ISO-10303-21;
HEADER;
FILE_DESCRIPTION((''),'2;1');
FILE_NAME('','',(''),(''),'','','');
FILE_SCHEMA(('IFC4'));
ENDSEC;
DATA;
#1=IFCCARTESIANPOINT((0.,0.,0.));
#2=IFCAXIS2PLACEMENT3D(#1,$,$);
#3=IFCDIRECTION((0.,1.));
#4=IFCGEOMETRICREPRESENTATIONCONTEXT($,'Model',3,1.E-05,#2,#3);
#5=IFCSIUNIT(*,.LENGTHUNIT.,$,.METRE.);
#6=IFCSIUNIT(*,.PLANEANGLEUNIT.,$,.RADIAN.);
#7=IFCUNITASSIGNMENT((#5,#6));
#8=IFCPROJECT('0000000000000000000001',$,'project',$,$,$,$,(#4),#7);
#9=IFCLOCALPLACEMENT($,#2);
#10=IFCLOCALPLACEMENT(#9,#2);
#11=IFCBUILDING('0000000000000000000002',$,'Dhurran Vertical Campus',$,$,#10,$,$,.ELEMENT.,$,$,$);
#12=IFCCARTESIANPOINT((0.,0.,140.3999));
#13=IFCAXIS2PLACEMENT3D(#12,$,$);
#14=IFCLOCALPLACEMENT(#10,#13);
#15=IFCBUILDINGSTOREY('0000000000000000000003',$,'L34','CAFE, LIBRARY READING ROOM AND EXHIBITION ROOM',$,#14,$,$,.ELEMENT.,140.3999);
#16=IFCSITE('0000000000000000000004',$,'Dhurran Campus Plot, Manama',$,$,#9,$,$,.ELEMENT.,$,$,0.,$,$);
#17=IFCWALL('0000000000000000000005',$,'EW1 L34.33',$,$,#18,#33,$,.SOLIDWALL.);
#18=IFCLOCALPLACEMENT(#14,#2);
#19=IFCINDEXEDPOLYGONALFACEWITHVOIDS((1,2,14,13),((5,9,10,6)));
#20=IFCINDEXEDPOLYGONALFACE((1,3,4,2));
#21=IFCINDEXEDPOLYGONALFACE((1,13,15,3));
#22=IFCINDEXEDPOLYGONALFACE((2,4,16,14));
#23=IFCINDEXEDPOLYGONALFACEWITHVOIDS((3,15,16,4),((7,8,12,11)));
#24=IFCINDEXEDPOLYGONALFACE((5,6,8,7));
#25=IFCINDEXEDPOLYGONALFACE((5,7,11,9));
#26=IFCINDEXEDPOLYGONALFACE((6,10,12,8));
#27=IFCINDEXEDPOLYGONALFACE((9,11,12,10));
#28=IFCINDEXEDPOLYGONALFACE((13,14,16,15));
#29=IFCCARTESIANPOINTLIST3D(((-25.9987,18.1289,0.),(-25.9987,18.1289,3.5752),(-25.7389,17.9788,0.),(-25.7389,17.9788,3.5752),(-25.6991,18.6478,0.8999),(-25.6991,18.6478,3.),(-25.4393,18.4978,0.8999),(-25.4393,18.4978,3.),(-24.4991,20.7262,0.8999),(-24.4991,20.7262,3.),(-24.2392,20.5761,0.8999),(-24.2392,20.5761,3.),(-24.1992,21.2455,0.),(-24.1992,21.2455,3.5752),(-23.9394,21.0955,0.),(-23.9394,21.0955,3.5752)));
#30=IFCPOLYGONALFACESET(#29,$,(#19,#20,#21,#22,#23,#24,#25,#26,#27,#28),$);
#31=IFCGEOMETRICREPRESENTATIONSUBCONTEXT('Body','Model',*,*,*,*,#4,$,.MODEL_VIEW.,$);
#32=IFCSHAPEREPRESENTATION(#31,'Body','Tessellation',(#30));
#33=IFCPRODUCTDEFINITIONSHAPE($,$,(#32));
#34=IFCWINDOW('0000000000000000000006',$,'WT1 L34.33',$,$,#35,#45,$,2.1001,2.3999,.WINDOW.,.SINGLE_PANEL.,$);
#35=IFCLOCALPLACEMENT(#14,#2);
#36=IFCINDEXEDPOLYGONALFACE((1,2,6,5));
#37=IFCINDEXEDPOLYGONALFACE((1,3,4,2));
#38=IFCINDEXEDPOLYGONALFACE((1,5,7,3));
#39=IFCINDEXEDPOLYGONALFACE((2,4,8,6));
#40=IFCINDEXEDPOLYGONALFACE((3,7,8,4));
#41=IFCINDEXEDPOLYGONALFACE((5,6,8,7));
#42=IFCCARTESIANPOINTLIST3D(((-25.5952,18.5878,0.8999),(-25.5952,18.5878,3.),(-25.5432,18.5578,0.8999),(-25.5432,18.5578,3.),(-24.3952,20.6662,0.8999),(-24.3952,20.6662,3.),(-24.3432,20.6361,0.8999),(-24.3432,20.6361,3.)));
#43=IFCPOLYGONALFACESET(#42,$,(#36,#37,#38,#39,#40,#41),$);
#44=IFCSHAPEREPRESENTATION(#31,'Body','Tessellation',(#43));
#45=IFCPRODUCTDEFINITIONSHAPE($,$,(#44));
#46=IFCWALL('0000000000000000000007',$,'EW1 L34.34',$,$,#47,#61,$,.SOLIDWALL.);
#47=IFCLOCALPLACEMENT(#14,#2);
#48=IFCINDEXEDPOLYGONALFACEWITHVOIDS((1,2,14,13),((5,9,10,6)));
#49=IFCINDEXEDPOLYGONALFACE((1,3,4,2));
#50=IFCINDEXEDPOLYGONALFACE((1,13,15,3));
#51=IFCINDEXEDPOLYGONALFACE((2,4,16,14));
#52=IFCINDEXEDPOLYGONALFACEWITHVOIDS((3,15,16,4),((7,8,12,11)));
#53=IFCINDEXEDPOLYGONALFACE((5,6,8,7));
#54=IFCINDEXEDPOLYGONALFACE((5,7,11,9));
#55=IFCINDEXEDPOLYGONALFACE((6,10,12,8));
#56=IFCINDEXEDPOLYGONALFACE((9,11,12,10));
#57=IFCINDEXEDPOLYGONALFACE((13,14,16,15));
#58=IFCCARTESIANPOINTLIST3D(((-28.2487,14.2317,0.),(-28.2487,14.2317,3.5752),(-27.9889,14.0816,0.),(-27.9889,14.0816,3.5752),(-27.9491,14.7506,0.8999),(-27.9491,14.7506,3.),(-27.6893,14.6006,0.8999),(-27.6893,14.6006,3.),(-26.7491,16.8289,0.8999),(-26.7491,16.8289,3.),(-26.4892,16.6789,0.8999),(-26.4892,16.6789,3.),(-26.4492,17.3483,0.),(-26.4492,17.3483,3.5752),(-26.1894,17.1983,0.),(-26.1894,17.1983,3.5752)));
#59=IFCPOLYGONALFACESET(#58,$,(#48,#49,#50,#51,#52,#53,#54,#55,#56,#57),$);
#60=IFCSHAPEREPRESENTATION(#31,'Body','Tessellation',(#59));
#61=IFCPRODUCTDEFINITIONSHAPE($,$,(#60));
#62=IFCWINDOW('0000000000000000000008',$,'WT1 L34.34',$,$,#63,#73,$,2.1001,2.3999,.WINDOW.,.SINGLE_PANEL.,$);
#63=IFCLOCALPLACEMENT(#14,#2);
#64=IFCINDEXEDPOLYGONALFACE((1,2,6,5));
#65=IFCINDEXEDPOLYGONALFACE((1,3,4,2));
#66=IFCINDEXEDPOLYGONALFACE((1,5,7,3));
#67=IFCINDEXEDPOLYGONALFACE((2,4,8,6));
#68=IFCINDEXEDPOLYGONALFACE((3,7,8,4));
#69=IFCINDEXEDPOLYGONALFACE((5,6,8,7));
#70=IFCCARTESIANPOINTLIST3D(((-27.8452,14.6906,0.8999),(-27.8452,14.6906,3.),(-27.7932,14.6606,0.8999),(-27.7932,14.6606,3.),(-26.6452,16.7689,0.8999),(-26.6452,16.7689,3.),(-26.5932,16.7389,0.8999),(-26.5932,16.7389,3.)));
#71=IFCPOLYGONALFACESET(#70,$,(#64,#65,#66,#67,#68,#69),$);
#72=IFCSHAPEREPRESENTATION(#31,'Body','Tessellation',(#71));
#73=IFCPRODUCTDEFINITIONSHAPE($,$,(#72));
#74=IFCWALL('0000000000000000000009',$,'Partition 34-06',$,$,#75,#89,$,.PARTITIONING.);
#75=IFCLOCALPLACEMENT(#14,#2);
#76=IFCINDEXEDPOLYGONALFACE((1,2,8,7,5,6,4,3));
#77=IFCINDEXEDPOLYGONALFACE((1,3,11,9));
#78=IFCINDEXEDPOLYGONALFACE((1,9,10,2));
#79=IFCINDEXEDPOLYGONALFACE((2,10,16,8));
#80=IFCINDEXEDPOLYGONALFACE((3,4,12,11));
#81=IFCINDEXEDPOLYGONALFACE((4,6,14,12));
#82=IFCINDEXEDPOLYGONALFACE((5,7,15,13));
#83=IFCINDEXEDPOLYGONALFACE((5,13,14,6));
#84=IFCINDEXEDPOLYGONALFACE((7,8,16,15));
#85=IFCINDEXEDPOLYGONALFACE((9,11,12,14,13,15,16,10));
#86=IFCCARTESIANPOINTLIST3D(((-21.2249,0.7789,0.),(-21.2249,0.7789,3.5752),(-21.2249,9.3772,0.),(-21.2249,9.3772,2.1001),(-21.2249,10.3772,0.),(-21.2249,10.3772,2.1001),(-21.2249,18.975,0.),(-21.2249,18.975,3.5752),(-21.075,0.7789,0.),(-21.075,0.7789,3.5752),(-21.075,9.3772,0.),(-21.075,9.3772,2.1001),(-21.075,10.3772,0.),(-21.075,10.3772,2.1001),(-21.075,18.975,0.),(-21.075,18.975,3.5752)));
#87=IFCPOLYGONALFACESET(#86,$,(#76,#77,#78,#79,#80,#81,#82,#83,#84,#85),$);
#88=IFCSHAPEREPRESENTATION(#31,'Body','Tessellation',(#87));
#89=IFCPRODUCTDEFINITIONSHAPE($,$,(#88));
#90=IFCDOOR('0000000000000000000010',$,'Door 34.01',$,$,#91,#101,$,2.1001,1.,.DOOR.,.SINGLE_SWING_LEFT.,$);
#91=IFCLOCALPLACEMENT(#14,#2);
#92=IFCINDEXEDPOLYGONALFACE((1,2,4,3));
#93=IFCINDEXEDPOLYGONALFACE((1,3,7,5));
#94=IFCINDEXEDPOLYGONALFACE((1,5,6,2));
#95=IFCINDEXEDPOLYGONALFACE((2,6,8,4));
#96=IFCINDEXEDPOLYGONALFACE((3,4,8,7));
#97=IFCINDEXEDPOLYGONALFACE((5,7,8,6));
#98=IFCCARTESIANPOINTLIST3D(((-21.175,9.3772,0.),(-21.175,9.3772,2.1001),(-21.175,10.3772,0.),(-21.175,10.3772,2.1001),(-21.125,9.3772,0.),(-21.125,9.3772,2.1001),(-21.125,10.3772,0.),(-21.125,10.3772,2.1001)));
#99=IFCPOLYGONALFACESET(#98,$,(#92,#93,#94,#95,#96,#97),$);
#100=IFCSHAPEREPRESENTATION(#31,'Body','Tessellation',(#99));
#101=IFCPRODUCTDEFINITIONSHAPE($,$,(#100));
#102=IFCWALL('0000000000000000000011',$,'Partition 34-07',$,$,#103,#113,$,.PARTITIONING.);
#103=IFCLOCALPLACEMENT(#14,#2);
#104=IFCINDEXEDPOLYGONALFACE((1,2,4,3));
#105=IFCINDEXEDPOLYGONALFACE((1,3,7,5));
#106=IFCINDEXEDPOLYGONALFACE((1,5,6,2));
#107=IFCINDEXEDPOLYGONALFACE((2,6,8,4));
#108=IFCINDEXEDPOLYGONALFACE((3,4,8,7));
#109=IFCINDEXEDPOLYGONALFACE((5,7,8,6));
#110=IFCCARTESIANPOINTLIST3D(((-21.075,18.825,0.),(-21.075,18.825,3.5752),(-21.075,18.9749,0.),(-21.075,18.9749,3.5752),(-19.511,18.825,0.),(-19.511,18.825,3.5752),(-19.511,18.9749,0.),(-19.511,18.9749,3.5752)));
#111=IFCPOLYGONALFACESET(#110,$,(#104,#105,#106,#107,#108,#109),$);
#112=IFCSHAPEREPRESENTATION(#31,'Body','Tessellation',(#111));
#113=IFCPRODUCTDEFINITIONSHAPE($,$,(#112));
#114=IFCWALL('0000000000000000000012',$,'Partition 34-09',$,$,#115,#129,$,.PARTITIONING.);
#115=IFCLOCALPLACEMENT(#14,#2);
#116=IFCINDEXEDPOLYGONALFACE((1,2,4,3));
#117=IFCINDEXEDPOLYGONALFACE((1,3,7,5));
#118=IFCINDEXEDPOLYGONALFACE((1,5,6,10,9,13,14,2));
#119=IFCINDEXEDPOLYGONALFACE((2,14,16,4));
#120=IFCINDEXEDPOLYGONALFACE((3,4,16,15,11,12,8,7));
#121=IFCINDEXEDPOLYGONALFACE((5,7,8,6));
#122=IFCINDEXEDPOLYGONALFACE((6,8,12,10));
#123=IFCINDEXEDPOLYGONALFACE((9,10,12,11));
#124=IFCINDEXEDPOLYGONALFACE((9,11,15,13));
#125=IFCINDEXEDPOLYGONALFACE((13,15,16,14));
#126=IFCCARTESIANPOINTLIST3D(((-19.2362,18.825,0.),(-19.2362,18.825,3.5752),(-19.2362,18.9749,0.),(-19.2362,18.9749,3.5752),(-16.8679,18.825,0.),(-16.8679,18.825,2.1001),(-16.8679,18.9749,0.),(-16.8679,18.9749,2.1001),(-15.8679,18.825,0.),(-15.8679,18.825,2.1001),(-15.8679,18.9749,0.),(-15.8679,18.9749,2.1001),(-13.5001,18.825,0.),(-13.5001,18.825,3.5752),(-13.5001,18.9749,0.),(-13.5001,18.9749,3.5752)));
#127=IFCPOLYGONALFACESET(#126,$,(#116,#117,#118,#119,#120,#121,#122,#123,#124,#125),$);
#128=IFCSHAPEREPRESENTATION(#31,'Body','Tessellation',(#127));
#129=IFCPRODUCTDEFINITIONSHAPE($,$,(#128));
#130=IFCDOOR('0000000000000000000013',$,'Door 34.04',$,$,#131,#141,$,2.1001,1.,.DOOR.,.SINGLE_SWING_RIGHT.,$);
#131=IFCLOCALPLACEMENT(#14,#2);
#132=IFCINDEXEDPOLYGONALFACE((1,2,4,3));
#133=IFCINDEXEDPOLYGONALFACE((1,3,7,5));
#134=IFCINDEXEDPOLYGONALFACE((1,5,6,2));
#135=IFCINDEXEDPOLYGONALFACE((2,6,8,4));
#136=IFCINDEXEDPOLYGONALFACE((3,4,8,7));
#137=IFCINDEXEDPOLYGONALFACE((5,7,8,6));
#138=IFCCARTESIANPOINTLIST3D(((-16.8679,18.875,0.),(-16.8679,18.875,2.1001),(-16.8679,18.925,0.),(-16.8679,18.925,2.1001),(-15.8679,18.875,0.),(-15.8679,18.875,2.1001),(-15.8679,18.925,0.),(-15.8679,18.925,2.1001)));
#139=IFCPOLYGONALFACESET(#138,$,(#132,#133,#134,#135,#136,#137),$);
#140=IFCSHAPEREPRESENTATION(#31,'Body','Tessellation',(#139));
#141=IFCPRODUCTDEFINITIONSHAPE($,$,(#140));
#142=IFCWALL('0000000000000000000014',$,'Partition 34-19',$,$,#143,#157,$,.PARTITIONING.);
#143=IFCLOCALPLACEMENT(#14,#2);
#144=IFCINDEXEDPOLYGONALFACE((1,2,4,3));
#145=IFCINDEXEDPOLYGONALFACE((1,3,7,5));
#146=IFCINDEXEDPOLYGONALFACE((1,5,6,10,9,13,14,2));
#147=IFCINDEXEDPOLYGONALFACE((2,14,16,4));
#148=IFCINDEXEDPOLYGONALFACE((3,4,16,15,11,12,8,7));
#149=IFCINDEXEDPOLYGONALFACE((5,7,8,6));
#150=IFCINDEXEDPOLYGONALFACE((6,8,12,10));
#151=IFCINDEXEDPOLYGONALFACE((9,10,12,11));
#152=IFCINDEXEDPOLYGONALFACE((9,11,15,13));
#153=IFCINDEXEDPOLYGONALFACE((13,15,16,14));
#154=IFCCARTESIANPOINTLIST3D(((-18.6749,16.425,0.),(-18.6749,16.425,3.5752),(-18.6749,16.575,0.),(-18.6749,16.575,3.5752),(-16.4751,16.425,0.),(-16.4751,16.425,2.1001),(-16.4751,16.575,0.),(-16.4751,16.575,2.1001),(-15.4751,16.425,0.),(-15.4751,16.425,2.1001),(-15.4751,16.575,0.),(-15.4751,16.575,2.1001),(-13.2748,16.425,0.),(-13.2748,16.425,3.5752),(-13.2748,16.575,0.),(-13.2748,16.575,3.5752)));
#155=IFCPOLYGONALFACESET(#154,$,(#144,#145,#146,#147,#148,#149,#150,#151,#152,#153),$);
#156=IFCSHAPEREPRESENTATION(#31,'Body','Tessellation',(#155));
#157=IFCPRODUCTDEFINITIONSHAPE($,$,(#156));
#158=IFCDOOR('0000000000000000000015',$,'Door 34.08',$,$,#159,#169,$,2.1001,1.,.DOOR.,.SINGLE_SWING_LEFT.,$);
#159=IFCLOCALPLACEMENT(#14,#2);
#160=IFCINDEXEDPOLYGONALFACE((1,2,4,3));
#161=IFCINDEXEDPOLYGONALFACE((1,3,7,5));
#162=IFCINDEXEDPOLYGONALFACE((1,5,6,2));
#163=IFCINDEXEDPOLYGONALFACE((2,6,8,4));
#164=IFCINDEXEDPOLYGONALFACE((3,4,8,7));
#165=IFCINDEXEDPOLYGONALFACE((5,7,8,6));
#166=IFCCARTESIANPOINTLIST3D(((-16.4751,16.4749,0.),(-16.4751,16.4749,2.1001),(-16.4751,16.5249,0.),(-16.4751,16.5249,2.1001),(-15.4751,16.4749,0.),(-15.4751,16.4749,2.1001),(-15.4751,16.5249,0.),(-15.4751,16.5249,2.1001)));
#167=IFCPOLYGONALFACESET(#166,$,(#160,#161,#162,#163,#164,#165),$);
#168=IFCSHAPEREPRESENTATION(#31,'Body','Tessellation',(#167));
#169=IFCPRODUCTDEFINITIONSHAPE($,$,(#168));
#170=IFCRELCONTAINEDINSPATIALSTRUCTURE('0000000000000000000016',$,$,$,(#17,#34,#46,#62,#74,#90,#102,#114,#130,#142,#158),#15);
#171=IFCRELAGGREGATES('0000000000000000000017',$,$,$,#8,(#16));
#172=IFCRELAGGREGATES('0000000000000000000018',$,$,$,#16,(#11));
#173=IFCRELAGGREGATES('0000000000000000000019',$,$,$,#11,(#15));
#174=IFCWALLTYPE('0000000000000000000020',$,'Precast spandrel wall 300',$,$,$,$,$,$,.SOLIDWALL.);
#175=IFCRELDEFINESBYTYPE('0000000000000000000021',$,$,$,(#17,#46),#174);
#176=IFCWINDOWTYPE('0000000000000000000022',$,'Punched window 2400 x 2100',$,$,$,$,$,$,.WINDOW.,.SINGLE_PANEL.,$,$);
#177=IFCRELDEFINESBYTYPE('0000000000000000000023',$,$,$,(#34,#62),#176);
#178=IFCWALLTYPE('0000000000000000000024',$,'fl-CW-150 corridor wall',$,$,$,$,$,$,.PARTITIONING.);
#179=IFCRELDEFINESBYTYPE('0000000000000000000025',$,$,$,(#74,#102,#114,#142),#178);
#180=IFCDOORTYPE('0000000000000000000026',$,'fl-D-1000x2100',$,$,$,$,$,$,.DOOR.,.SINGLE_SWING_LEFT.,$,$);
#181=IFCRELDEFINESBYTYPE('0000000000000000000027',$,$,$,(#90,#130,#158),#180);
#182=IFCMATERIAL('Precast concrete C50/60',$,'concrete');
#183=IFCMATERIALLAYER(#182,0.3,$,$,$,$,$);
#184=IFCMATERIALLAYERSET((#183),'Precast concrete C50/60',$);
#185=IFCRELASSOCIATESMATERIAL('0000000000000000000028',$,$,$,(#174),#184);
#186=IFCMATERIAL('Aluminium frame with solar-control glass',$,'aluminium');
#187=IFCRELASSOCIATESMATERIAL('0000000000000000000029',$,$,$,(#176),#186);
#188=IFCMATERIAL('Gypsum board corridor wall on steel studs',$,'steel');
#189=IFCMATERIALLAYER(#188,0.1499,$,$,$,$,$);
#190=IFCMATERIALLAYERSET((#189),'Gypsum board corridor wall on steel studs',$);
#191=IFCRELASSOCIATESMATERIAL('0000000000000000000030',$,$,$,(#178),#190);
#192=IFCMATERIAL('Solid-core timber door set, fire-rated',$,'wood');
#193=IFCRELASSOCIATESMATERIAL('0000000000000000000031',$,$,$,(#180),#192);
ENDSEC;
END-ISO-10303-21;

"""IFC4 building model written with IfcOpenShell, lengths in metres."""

from ifc_helpers import new_model, si_unit, direction, frame, frame_2d, origin, place, context, subcontext, project, spatial, rectangle, extrude, material, layer, layer_set, type_object, element, fill, save


model = new_model("IFC4")

# Units and contexts
model_context = context("Model", 3, precision=1e-05, world=origin(), true_north=direction((0.0, 1.0)))
body_context = subcontext(model_context, "Body", "Model", "MODEL_VIEW")
ifc_project = project(units=[si_unit("LENGTHUNIT", "METRE"), si_unit("PLANEANGLEUNIT", "RADIAN")], contexts=[model_context])

# Site, building, storey
site_placement = place(None, origin())
site = spatial("IfcSite", under=ifc_project, at=site_placement, Name="Dhurran Campus Plot, Manama", CompositionType="ELEMENT", RefElevation=0.0)
building_placement = place(site_placement, origin())
building = spatial("IfcBuilding", under=site, at=building_placement, Name="Dhurran Vertical Campus", CompositionType="ELEMENT")
storey_placement = place(building_placement, frame((0.0, 0.0, 140.3999)))
storey = spatial("IfcBuildingStorey", under=building, at=storey_placement, Name="L34", Description="CAFE, LIBRARY READING ROOM AND EXHIBITION ROOM", CompositionType="ELEMENT", Elevation=140.3999)

# Walls, openings, windows
ifc_material_1 = material(Name="Precast concrete C50/60", Category="concrete")
ifc_layer_1 = layer(ifc_material_1, 0.3)
ifc_layer_set_1 = layer_set([ifc_layer_1], Name="Precast concrete C50/60")
wall_type_1 = type_object("IfcWallType", Name="Precast spandrel wall 300", PredefinedType="SOLIDWALL", material=ifc_layer_set_1)
ifc_material_2 = material(Name="Aluminium frame with solar-control glass", Category="aluminium")
window_type = type_object("IfcWindowType", Name="Punched window 2400 x 2100", PartitioningType="SINGLE_PANEL", PredefinedType="WINDOW", material=ifc_material_2)
wall_1_placement = place(storey_placement, frame((-24.0693, 21.1704, 0.0), z_axis=(0.0, 0.0, 1.0), x_axis=(-0.500028, -0.866009, 0.0)))
wall_1 = element("IfcWall", 1, at=wall_1_placement, inside=storey, type_object=wall_type_1, Name="EW1 L34.33", PredefinedType="SOLIDWALL", context=body_context, shape_type="SweptSolid", body=[
    extrude(rectangle(XDim=3.5989, YDim=0.3, at=frame_2d((1.7993, 0.0))), origin(), (0.0, 0.0, 1.0), 3.5752),
])
opening_1_placement = place(wall_1_placement, frame((0.5996, 0.0, 0.8999)))
opening_1 = element("IfcOpeningElement", 2, at=opening_1_placement, cuts=wall_1, PredefinedType="OPENING", context=body_context, shape_type="SweptSolid", body=[
    extrude(rectangle(XDim=2.3999, YDim=2.1001, at=frame_2d((1.2, 1.05))), frame((0.0, 0.1599, 0.0), z_axis=(0.0, -1.0, 0.0), x_axis=(1.0, 0.0, 0.0)), (0.0, 0.0, 1.0), 0.3201),
])
window_1_placement = place(opening_1_placement, origin())
window_1 = element("IfcWindow", 3, at=window_1_placement, inside=storey, type_object=window_type, Name="WT1 L34.33", OverallHeight=2.1001, OverallWidth=2.3999, PartitioningType="SINGLE_PANEL", PredefinedType="WINDOW", context=body_context, shape_type="SweptSolid", body=[
    extrude(rectangle(XDim=2.3999, YDim=2.1001, at=frame_2d((1.2, 1.05))), frame((0.0, 0.03, 0.0), z_axis=(0.0, -1.0, 0.0), x_axis=(1.0, 0.0, 0.0)), (0.0, 0.0, 1.0), 0.0601),
])
fill(opening_1, window_1)
wall_2_placement = place(storey_placement, frame((-26.3193, 17.2732, 0.0), z_axis=(0.0, 0.0, 1.0), x_axis=(-0.500028, -0.866009, 0.0)))
wall_2 = element("IfcWall", 4, at=wall_2_placement, inside=storey, type_object=wall_type_1, Name="EW1 L34.34", PredefinedType="SOLIDWALL", context=body_context, shape_type="SweptSolid", body=[
    extrude(rectangle(XDim=3.5989, YDim=0.3, at=frame_2d((1.7993, 0.0))), origin(), (0.0, 0.0, 1.0), 3.5752),
])
opening_2_placement = place(wall_2_placement, frame((0.5996, 0.0, 0.8999)))
opening_2 = element("IfcOpeningElement", 5, at=opening_2_placement, cuts=wall_2, PredefinedType="OPENING", context=body_context, shape_type="SweptSolid", body=[
    extrude(rectangle(XDim=2.3999, YDim=2.1001, at=frame_2d((1.2, 1.05))), frame((0.0, 0.1599, 0.0), z_axis=(0.0, -1.0, 0.0), x_axis=(1.0, 0.0, 0.0)), (0.0, 0.0, 1.0), 0.3201),
])
window_2_placement = place(opening_2_placement, origin())
window_2 = element("IfcWindow", 6, at=window_2_placement, inside=storey, type_object=window_type, Name="WT1 L34.34", OverallHeight=2.1001, OverallWidth=2.3999, PartitioningType="SINGLE_PANEL", PredefinedType="WINDOW", context=body_context, shape_type="SweptSolid", body=[
    extrude(rectangle(XDim=2.3999, YDim=2.1001, at=frame_2d((1.2, 1.05))), frame((0.0, 0.03, 0.0), z_axis=(0.0, -1.0, 0.0), x_axis=(1.0, 0.0, 0.0)), (0.0, 0.0, 1.0), 0.0601),
])
fill(opening_2, window_2)

# Wall, opening, door
ifc_material_3 = material(Name="Gypsum board corridor wall on steel studs", Category="steel")
ifc_layer_2 = layer(ifc_material_3, 0.1499)
ifc_layer_set_2 = layer_set([ifc_layer_2], Name="Gypsum board corridor wall on steel studs")
wall_type_2 = type_object("IfcWallType", Name="fl-CW-150 corridor wall", PredefinedType="PARTITIONING", material=ifc_layer_set_2)
wall_3_placement = place(storey_placement, frame((-21.1499, 18.9751, 0.0), z_axis=(0.0, 0.0, 1.0), x_axis=(0.0, -1.0, 0.0)))
wall_3 = element("IfcWall", 7, at=wall_3_placement, inside=storey, type_object=wall_type_2, Name="Partition 34-06", PredefinedType="PARTITIONING", context=body_context, shape_type="SweptSolid", body=[
    extrude(rectangle(XDim=18.196, YDim=0.1499, at=frame_2d((9.0981, 0.0))), origin(), (0.0, 0.0, 1.0), 3.5752),
])
opening_3_placement = place(wall_3_placement, frame((8.5979, 0.0, 0.0)))
opening_3 = element("IfcOpeningElement", 8, at=opening_3_placement, cuts=wall_3, PredefinedType="OPENING", context=body_context, shape_type="SweptSolid", body=[
    extrude(rectangle(XDim=1.0, YDim=2.1001, at=frame_2d((0.5, 1.05))), frame((0.0, 0.085, 0.0), z_axis=(0.0, -1.0, 0.0), x_axis=(1.0, 0.0, 0.0)), (0.0, 0.0, 1.0), 0.1699),
])
ifc_material_4 = material(Name="Solid-core timber door set, fire-rated", Category="wood")
door_type = type_object("IfcDoorType", Name="fl-D-1000x2100", OperationType="SINGLE_SWING_LEFT", PredefinedType="DOOR", material=ifc_material_4)
door_1_placement = place(opening_3_placement, origin())
door_1 = element("IfcDoor", 9, at=door_1_placement, inside=storey, type_object=door_type, Name="Door 34.01", OperationType="SINGLE_SWING_LEFT", OverallHeight=2.1001, OverallWidth=1.0, PredefinedType="DOOR", context=body_context, shape_type="SweptSolid", body=[
    extrude(rectangle(XDim=1.0, YDim=2.1001, at=frame_2d((0.5, 1.05))), frame((0.0, 0.0249, 0.0), z_axis=(0.0, -1.0, 0.0), x_axis=(1.0, 0.0, 0.0)), (0.0, 0.0, 1.0), 0.05),
])
fill(opening_3, door_1)

# Wall
wall_4_placement = place(storey_placement, frame((-19.511, 18.8999, 0.0), z_axis=(0.0, 0.0, 1.0), x_axis=(-1.0, 0.0, 0.0)))
element("IfcWall", 10, at=wall_4_placement, inside=storey, type_object=wall_type_2, Name="Partition 34-07", PredefinedType="PARTITIONING", context=body_context, shape_type="SweptSolid", body=[
    extrude(rectangle(XDim=1.564, YDim=0.1499, at=frame_2d((0.782, 0.0))), origin(), (0.0, 0.0, 1.0), 3.5752),
])

# Walls, openings, doors
wall_5_placement = place(storey_placement, frame((-13.5, 18.8999, 0.0), z_axis=(0.0, 0.0, 1.0), x_axis=(-1.0, 0.0, 0.0)))
wall_5 = element("IfcWall", 11, at=wall_5_placement, inside=storey, type_object=wall_type_2, Name="Partition 34-09", PredefinedType="PARTITIONING", context=body_context, shape_type="SweptSolid", body=[
    extrude(rectangle(XDim=5.7361, YDim=0.1499, at=frame_2d((2.8682, 0.0))), origin(), (0.0, 0.0, 1.0), 3.5752),
])
opening_4_placement = place(wall_5_placement, frame((2.3679, 0.0, 0.0)))
opening_4 = element("IfcOpeningElement", 12, at=opening_4_placement, cuts=wall_5, PredefinedType="OPENING", context=body_context, shape_type="SweptSolid", body=[
    extrude(rectangle(XDim=1.0, YDim=2.1001, at=frame_2d((0.5, 1.05))), frame((0.0, 0.085, 0.0), z_axis=(0.0, -1.0, 0.0), x_axis=(1.0, 0.0, 0.0)), (0.0, 0.0, 1.0), 0.1699),
])
door_2_placement = place(opening_4_placement, origin())
door_2 = element("IfcDoor", 13, at=door_2_placement, inside=storey, type_object=door_type, Name="Door 34.04", OperationType="SINGLE_SWING_RIGHT", OverallHeight=2.1001, OverallWidth=1.0, PredefinedType="DOOR", context=body_context, shape_type="SweptSolid", body=[
    extrude(rectangle(XDim=1.0, YDim=2.1001, at=frame_2d((0.5, 1.05))), frame((0.0, 0.0249, 0.0), z_axis=(0.0, -1.0, 0.0), x_axis=(1.0, 0.0, 0.0)), (0.0, 0.0, 1.0), 0.05),
])
fill(opening_4, door_2)
wall_6_placement = place(storey_placement, frame((-18.675, 16.5, 0.0), z_axis=(0.0, 0.0, 1.0), x_axis=(1.0, 0.0, 0.0)))
wall_6 = element("IfcWall", 14, at=wall_6_placement, inside=storey, type_object=wall_type_2, Name="Partition 34-19", PredefinedType="PARTITIONING", context=body_context, shape_type="SweptSolid", body=[
    extrude(rectangle(XDim=5.4001, YDim=0.1499, at=frame_2d((2.7002, 0.0))), origin(), (0.0, 0.0, 1.0), 3.5752),
])
opening_5_placement = place(wall_6_placement, frame((2.2, 0.0, 0.0)))
opening_5 = element("IfcOpeningElement", 15, at=opening_5_placement, cuts=wall_6, PredefinedType="OPENING", context=body_context, shape_type="SweptSolid", body=[
    extrude(rectangle(XDim=1.0, YDim=2.1001, at=frame_2d((0.5, 1.05))), frame((0.0, 0.085, 0.0), z_axis=(0.0, -1.0, 0.0), x_axis=(1.0, 0.0, 0.0)), (0.0, 0.0, 1.0), 0.1699),
])
door_3_placement = place(opening_5_placement, origin())
door_3 = element("IfcDoor", 16, at=door_3_placement, inside=storey, type_object=door_type, Name="Door 34.08", OperationType="SINGLE_SWING_LEFT", OverallHeight=2.1001, OverallWidth=1.0, PredefinedType="DOOR", context=body_context, shape_type="SweptSolid", body=[
    extrude(rectangle(XDim=1.0, YDim=2.1001, at=frame_2d((0.5, 1.05))), frame((0.0, 0.0249, 0.0), z_axis=(0.0, -1.0, 0.0), x_axis=(1.0, 0.0, 0.0)), (0.0, 0.0, 1.0), 0.05),
])
fill(opening_5, door_3)

save(model, "model.ifc")
